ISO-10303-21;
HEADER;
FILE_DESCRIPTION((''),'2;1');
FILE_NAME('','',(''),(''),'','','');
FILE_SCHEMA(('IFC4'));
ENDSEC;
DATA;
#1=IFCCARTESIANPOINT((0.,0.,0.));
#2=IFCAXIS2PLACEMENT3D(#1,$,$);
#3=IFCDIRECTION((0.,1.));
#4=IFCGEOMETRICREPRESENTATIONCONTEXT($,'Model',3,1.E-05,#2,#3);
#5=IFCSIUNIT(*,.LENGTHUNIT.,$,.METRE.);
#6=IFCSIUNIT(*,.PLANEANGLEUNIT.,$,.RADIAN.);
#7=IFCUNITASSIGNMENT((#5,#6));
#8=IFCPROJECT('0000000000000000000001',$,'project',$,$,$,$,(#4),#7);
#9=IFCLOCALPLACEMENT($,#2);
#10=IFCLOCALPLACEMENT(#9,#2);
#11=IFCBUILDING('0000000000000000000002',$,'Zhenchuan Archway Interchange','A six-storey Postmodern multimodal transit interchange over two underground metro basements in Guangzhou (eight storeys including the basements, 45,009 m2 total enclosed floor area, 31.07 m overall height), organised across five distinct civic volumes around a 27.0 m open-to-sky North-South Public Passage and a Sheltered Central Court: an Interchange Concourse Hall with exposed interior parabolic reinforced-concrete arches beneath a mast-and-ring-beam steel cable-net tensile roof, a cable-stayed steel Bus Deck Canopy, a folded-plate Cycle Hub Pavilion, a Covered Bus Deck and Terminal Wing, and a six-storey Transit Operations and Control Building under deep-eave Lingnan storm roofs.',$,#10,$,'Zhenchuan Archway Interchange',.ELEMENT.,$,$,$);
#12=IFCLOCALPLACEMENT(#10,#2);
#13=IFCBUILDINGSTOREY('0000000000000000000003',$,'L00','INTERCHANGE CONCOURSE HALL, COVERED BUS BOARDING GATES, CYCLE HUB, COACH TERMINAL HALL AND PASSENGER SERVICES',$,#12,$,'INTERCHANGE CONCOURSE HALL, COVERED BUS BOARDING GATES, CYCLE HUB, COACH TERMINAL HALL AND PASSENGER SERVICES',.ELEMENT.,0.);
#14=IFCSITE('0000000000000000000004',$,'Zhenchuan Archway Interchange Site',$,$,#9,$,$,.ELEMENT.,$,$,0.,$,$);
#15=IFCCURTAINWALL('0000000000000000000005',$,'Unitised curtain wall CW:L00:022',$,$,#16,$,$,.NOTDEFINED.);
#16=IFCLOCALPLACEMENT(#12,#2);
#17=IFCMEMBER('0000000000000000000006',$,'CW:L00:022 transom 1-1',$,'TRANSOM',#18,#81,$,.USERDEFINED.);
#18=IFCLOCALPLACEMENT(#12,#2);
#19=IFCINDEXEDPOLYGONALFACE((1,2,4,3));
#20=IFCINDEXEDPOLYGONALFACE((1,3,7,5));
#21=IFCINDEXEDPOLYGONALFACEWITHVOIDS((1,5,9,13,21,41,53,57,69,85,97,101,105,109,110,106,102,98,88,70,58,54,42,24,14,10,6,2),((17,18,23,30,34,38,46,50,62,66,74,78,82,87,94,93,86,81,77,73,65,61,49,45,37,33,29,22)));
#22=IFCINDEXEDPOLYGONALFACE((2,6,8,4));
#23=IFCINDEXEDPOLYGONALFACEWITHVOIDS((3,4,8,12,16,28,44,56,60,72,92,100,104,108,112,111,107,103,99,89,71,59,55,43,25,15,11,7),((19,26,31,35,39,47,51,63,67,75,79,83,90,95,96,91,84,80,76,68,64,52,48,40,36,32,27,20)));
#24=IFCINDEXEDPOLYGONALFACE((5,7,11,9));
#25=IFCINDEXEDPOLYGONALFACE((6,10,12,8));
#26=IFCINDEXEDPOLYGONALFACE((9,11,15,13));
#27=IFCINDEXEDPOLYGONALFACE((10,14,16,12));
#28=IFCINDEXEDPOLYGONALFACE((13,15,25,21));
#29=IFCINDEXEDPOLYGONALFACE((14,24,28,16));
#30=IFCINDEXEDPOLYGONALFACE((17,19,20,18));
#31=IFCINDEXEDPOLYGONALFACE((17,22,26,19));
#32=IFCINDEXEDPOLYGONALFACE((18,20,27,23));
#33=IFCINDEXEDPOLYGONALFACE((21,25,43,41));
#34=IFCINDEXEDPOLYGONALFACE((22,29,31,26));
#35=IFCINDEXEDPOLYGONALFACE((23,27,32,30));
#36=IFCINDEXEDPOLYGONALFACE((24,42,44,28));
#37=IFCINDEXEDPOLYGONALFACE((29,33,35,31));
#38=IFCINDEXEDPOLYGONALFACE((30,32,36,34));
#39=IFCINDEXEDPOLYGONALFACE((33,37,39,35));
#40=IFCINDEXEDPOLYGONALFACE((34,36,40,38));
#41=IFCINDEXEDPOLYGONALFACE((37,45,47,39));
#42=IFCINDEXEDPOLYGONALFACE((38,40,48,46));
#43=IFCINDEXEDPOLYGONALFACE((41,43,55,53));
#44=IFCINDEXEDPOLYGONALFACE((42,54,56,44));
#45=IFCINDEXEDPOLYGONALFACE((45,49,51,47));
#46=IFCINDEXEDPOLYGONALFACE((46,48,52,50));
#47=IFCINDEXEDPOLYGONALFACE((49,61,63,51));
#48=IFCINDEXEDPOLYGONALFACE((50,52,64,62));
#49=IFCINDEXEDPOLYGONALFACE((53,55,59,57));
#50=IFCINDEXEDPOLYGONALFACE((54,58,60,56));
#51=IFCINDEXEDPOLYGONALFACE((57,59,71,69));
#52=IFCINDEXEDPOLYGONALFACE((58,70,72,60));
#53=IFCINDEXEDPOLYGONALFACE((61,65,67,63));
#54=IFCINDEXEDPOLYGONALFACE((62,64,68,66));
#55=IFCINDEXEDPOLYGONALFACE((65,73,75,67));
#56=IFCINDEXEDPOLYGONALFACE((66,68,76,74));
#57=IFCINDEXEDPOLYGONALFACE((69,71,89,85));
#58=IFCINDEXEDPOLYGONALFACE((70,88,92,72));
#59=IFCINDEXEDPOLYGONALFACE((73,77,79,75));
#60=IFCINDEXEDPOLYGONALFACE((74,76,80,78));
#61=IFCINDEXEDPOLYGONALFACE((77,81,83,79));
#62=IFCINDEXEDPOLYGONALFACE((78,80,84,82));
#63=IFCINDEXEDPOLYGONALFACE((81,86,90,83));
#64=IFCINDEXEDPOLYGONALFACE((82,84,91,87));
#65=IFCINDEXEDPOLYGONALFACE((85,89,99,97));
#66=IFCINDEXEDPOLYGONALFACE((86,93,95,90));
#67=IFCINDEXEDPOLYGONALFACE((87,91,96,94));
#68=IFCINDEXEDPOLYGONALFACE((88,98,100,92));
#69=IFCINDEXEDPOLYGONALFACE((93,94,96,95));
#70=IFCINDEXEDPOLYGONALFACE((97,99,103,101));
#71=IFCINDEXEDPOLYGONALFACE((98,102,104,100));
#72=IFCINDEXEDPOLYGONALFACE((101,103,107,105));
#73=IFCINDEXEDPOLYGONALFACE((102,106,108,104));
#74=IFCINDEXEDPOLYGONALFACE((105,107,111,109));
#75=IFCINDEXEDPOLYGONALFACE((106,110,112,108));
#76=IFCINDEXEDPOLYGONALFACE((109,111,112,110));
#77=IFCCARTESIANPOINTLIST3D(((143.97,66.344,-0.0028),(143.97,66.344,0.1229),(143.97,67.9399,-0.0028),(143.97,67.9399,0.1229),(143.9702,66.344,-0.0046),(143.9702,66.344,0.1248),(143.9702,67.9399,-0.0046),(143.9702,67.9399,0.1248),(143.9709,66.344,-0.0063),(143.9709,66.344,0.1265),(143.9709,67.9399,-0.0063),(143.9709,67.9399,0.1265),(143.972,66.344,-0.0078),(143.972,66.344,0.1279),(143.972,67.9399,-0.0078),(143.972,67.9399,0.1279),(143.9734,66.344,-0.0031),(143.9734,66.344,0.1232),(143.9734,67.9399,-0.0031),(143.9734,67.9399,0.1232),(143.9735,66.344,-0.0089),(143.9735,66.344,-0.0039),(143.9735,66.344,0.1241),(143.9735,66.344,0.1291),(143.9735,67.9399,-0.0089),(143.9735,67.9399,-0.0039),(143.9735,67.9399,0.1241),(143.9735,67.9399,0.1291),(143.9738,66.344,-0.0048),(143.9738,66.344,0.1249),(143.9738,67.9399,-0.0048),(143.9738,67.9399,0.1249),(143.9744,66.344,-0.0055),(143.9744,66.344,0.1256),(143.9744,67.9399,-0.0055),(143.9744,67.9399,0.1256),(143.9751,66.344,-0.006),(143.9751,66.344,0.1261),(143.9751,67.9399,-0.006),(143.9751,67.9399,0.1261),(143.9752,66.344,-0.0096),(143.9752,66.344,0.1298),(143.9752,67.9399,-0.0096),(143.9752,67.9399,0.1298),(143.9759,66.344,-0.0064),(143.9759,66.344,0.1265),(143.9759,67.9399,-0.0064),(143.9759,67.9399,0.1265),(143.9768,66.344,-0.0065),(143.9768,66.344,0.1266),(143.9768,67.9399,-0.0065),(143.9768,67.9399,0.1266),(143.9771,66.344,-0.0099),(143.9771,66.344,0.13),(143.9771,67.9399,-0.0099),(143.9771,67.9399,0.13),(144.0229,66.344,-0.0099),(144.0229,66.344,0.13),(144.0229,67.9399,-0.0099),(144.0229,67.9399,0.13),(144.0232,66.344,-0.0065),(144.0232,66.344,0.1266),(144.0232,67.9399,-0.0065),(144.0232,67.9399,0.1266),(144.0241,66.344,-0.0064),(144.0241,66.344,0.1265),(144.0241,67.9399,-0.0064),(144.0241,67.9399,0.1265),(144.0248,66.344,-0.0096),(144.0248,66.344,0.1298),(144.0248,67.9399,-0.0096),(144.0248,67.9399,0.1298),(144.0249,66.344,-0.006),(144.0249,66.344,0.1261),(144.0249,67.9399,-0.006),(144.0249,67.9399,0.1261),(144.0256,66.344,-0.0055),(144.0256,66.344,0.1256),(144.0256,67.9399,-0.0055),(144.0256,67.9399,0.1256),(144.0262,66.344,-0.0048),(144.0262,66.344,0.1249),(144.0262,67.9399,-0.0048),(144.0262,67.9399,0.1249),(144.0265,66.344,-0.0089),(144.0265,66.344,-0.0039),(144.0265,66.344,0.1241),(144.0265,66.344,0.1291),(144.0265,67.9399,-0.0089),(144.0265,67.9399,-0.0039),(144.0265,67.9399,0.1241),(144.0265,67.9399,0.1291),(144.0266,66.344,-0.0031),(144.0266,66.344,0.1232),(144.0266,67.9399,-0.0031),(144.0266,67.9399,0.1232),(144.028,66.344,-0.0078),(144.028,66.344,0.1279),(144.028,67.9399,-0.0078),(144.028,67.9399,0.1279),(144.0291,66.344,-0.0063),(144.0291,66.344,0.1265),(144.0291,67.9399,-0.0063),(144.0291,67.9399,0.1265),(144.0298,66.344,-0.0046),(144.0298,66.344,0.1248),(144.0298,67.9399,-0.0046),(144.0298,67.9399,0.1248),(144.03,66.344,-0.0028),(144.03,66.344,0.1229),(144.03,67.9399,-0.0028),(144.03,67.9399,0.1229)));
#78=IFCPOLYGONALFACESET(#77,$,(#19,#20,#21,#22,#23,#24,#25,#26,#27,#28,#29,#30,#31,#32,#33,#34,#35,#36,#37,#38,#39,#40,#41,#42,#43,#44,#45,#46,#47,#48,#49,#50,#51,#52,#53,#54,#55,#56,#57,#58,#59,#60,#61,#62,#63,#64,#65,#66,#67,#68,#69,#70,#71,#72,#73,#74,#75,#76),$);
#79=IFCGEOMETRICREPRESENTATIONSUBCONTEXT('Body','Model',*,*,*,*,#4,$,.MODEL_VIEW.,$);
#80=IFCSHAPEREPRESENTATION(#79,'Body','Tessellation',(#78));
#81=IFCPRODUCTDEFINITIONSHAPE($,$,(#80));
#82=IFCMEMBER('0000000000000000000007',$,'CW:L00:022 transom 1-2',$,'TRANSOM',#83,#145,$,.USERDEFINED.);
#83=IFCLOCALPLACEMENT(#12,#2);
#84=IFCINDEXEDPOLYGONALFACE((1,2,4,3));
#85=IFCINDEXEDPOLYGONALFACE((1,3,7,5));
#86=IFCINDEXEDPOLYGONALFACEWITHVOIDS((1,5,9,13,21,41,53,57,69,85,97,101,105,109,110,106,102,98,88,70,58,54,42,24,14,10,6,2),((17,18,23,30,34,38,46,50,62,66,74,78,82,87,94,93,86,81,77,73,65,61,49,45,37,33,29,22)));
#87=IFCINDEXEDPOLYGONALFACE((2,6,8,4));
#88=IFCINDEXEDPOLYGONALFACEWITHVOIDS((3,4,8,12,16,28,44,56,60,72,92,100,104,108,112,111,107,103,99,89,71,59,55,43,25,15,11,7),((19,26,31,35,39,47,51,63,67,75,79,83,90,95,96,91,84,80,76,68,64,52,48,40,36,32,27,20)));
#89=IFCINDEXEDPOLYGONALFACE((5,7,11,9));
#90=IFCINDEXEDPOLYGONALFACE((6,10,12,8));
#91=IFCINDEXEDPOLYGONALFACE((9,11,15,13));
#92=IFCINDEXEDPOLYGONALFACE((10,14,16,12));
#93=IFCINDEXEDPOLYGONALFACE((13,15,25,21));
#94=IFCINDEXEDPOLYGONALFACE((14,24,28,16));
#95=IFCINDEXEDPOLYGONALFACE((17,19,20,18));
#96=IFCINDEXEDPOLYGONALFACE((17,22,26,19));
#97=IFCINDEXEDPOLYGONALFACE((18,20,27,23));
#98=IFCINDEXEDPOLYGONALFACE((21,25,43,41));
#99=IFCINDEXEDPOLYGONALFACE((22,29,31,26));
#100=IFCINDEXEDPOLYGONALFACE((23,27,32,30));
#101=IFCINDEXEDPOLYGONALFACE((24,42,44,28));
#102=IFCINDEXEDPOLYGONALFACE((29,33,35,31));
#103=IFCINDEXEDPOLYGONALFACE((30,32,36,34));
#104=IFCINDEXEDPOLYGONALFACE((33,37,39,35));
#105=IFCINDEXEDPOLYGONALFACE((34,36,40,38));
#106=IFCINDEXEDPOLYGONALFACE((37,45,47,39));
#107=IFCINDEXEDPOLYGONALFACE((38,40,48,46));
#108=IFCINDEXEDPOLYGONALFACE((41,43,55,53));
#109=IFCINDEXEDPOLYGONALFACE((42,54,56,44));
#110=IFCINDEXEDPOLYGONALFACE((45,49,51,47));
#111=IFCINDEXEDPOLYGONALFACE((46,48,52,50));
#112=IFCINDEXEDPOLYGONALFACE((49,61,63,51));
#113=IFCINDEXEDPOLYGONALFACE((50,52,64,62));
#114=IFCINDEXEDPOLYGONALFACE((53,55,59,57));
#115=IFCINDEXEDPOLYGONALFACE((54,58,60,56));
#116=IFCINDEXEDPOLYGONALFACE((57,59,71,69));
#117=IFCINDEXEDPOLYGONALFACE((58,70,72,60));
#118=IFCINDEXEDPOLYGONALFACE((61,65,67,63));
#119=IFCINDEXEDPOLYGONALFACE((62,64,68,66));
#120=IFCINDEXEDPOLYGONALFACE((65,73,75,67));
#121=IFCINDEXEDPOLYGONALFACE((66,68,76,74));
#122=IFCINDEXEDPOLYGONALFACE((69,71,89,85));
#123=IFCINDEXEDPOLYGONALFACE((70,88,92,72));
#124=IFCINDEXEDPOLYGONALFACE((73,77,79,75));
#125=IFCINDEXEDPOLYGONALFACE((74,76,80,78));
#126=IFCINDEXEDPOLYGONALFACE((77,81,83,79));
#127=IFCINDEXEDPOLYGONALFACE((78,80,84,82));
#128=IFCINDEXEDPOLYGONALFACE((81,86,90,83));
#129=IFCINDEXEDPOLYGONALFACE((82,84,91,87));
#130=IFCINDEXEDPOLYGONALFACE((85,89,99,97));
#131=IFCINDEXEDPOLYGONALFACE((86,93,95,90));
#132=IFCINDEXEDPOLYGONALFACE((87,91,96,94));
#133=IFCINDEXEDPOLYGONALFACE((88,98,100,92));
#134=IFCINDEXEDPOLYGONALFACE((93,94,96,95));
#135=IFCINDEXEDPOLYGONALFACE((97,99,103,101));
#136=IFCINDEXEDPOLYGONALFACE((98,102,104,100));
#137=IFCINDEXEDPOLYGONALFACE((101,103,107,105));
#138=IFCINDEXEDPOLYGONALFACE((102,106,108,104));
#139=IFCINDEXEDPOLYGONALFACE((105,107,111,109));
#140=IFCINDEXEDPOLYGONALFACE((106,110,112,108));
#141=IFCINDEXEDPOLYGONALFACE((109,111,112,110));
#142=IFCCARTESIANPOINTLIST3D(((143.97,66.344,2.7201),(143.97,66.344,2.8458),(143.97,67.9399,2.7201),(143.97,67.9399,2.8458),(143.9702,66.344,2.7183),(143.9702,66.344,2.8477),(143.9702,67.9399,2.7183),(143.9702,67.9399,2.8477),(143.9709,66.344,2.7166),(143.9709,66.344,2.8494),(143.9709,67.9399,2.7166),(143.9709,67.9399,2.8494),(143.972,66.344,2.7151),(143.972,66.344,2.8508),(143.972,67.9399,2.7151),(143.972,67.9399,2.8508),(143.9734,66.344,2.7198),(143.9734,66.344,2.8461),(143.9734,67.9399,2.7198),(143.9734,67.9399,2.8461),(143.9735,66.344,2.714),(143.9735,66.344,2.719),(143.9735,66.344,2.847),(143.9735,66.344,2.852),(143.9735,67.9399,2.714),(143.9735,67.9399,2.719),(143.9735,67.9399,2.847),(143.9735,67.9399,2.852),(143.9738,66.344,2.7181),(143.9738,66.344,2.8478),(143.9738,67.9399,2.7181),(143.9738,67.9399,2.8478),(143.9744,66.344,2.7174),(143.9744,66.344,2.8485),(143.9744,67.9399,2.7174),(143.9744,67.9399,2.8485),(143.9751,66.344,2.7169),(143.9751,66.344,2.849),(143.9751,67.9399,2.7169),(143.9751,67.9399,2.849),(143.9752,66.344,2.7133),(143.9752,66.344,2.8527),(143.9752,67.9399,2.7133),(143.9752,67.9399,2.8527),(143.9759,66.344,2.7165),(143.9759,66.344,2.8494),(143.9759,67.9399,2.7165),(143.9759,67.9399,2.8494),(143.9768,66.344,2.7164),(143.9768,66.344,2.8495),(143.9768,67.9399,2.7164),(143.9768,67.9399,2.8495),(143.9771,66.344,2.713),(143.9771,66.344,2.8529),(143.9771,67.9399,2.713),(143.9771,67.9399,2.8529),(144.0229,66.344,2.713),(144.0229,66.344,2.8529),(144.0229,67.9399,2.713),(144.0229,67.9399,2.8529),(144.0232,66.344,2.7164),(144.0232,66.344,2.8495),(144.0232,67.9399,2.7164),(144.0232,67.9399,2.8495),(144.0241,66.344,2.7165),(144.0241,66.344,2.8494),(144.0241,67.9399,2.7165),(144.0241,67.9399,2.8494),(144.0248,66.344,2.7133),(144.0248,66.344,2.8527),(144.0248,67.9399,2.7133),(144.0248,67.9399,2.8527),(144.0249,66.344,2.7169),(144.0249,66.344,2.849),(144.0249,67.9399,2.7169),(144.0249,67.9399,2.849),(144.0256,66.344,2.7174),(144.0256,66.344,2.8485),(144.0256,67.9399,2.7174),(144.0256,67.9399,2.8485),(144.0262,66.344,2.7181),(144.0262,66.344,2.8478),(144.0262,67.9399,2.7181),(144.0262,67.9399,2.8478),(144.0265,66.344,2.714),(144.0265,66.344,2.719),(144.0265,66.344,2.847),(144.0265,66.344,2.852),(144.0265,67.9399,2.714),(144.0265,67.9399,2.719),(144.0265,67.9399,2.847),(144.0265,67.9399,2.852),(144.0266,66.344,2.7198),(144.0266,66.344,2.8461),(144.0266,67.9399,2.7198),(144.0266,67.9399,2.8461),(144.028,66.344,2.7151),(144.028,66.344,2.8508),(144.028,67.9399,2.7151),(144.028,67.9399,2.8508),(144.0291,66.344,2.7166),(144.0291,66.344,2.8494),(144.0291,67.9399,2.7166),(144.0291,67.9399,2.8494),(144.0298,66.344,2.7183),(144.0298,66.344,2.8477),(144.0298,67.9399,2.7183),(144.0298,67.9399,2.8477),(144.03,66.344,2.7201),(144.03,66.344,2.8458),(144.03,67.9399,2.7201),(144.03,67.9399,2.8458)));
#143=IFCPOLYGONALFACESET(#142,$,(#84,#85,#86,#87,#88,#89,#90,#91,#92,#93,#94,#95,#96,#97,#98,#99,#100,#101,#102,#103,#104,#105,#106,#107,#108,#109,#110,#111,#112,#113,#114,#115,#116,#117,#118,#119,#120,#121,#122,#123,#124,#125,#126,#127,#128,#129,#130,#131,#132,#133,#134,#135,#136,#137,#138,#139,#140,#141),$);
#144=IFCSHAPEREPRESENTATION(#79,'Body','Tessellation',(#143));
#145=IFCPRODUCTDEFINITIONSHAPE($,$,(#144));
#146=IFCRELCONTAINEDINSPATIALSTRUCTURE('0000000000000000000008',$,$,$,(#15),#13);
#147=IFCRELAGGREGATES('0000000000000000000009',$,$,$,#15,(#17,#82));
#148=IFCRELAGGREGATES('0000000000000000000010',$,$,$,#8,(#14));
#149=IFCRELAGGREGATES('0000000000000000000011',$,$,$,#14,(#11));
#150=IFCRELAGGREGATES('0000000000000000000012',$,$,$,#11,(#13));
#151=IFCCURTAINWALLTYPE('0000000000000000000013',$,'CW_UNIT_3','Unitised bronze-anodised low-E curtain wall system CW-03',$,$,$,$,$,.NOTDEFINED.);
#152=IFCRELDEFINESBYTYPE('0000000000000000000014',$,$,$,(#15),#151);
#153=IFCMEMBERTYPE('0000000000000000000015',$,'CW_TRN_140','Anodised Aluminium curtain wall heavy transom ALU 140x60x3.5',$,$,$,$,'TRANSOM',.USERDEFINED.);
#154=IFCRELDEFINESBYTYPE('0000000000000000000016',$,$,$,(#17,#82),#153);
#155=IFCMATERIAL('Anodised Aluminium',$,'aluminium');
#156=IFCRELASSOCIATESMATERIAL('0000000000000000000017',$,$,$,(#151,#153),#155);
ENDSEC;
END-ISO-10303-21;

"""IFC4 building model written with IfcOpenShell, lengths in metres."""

from ifc_helpers import new_model, si_unit, direction, frame, origin, origin_2d, place, context, subcontext, project, spatial, hollow_rectangle, extrude, material, material_profile, profile_set, type_object, element, aggregate, save


model = new_model("IFC4")

# Units and contexts
model_context = context("Model", 3, precision=1e-05, world=origin(), true_north=direction((0.0, 1.0)))
body_context = subcontext(model_context, "Body", "Model", "MODEL_VIEW")
ifc_project = project(units=[si_unit("LENGTHUNIT", "METRE"), si_unit("PLANEANGLEUNIT", "RADIAN")], contexts=[model_context])

# Site, building, storey
site_placement = place(None, origin())
site = spatial("IfcSite", under=ifc_project, at=site_placement, Name="Zhenchuan Archway Interchange Site", CompositionType="ELEMENT", RefElevation=0.0)
building_placement = place(site_placement, origin())
building = spatial("IfcBuilding", under=site, at=building_placement, Name="Zhenchuan Archway Interchange", Description="A six-storey Postmodern multimodal transit interchange over two underground metro basements in Guangzhou (eight storeys including the basements, 45,009 m2 total enclosed floor area, 31.07 m overall height), organised across five distinct civic volumes around a 27.0 m open-to-sky North-South Public Passage and a Sheltered Central Court: an Interchange Concourse Hall with exposed interior parabolic reinforced-concrete arches beneath a mast-and-ring-beam steel cable-net tensile roof, a cable-stayed steel Bus Deck Canopy, a folded-plate Cycle Hub Pavilion, a Covered Bus Deck and Terminal Wing, and a six-storey Transit Operations and Control Building under deep-eave Lingnan storm roofs.", LongName="Zhenchuan Archway Interchange", CompositionType="ELEMENT")
storey_placement = place(building_placement, origin())
storey = spatial("IfcBuildingStorey", under=building, at=storey_placement, Name="L00", Description="INTERCHANGE CONCOURSE HALL, COVERED BUS BOARDING GATES, CYCLE HUB, COACH TERMINAL HALL AND PASSENGER SERVICES", LongName="INTERCHANGE CONCOURSE HALL, COVERED BUS BOARDING GATES, CYCLE HUB, COACH TERMINAL HALL AND PASSENGER SERVICES", CompositionType="ELEMENT", Elevation=0.0)

# Curtain wall, members
ifc_material_1 = material(Name="Anodised Aluminium", Category="aluminium")
curtain_wall_type = type_object("IfcCurtainWallType", Name="CW_UNIT_3", Description="Unitised bronze-anodised low-E curtain wall system CW-03", PredefinedType="NOTDEFINED", material=ifc_material_1)
curtain_wall_placement = place(storey_placement, origin())
curtain_wall = element("IfcCurtainWall", 1, at=curtain_wall_placement, inside=storey, type_object=curtain_wall_type, Name="Unitised curtain wall CW:L00:022", PredefinedType="NOTDEFINED")
ifc_material_profile_1 = material_profile(ifc_material_1, hollow_rectangle(XDim=0.0601, YDim=0.1399, WallThickness=0.0034, InnerFilletRadius=0.0034, OuterFilletRadius=0.0071, at=origin_2d()), Name="ALU 140x60x3.5")
ifc_profile_set_1 = profile_set([ifc_material_profile_1], Name="Anodised Aluminium")
member_type_1 = type_object("IfcMemberType", Name="CW_TRN_140", Description="Anodised Aluminium curtain wall heavy transom ALU 140x60x3.5", ElementType="TRANSOM", PredefinedType="USERDEFINED", material=ifc_profile_set_1)
member_1_placement = place(storey_placement, frame((144.0, 66.344, 0.0601), z_axis=(0.0, 1.0, 0.0), x_axis=(-1.0, 0.0, 0.0)))
member_1 = element("IfcMember", 2, at=member_1_placement, type_object=member_type_1, Name="CW:L00:022 transom 1-1", ObjectType="TRANSOM", PredefinedType="USERDEFINED", context=body_context, shape_type="SweptSolid", body=[
    extrude(hollow_rectangle(XDim=0.0601, YDim=0.1399, WallThickness=0.0034, InnerFilletRadius=0.0034, OuterFilletRadius=0.0071, at=origin_2d()), origin(), (0.0, 0.0, 1.0), 1.5959),
])
member_2_placement = place(storey_placement, frame((144.0, 66.344, 2.783), z_axis=(0.0, 1.0, 0.0), x_axis=(-1.0, 0.0, 0.0)))
member_2 = element("IfcMember", 3, at=member_2_placement, type_object=member_type_1, Name="CW:L00:022 transom 1-2", ObjectType="TRANSOM", PredefinedType="USERDEFINED", context=body_context, shape_type="SweptSolid", body=[
    extrude(hollow_rectangle(XDim=0.0601, YDim=0.1399, WallThickness=0.0034, InnerFilletRadius=0.0034, OuterFilletRadius=0.0071, at=origin_2d()), origin(), (0.0, 0.0, 1.0), 1.5959),
])

aggregate(curtain_wall, [member_1, member_2])

save(model, "model.ifc")
